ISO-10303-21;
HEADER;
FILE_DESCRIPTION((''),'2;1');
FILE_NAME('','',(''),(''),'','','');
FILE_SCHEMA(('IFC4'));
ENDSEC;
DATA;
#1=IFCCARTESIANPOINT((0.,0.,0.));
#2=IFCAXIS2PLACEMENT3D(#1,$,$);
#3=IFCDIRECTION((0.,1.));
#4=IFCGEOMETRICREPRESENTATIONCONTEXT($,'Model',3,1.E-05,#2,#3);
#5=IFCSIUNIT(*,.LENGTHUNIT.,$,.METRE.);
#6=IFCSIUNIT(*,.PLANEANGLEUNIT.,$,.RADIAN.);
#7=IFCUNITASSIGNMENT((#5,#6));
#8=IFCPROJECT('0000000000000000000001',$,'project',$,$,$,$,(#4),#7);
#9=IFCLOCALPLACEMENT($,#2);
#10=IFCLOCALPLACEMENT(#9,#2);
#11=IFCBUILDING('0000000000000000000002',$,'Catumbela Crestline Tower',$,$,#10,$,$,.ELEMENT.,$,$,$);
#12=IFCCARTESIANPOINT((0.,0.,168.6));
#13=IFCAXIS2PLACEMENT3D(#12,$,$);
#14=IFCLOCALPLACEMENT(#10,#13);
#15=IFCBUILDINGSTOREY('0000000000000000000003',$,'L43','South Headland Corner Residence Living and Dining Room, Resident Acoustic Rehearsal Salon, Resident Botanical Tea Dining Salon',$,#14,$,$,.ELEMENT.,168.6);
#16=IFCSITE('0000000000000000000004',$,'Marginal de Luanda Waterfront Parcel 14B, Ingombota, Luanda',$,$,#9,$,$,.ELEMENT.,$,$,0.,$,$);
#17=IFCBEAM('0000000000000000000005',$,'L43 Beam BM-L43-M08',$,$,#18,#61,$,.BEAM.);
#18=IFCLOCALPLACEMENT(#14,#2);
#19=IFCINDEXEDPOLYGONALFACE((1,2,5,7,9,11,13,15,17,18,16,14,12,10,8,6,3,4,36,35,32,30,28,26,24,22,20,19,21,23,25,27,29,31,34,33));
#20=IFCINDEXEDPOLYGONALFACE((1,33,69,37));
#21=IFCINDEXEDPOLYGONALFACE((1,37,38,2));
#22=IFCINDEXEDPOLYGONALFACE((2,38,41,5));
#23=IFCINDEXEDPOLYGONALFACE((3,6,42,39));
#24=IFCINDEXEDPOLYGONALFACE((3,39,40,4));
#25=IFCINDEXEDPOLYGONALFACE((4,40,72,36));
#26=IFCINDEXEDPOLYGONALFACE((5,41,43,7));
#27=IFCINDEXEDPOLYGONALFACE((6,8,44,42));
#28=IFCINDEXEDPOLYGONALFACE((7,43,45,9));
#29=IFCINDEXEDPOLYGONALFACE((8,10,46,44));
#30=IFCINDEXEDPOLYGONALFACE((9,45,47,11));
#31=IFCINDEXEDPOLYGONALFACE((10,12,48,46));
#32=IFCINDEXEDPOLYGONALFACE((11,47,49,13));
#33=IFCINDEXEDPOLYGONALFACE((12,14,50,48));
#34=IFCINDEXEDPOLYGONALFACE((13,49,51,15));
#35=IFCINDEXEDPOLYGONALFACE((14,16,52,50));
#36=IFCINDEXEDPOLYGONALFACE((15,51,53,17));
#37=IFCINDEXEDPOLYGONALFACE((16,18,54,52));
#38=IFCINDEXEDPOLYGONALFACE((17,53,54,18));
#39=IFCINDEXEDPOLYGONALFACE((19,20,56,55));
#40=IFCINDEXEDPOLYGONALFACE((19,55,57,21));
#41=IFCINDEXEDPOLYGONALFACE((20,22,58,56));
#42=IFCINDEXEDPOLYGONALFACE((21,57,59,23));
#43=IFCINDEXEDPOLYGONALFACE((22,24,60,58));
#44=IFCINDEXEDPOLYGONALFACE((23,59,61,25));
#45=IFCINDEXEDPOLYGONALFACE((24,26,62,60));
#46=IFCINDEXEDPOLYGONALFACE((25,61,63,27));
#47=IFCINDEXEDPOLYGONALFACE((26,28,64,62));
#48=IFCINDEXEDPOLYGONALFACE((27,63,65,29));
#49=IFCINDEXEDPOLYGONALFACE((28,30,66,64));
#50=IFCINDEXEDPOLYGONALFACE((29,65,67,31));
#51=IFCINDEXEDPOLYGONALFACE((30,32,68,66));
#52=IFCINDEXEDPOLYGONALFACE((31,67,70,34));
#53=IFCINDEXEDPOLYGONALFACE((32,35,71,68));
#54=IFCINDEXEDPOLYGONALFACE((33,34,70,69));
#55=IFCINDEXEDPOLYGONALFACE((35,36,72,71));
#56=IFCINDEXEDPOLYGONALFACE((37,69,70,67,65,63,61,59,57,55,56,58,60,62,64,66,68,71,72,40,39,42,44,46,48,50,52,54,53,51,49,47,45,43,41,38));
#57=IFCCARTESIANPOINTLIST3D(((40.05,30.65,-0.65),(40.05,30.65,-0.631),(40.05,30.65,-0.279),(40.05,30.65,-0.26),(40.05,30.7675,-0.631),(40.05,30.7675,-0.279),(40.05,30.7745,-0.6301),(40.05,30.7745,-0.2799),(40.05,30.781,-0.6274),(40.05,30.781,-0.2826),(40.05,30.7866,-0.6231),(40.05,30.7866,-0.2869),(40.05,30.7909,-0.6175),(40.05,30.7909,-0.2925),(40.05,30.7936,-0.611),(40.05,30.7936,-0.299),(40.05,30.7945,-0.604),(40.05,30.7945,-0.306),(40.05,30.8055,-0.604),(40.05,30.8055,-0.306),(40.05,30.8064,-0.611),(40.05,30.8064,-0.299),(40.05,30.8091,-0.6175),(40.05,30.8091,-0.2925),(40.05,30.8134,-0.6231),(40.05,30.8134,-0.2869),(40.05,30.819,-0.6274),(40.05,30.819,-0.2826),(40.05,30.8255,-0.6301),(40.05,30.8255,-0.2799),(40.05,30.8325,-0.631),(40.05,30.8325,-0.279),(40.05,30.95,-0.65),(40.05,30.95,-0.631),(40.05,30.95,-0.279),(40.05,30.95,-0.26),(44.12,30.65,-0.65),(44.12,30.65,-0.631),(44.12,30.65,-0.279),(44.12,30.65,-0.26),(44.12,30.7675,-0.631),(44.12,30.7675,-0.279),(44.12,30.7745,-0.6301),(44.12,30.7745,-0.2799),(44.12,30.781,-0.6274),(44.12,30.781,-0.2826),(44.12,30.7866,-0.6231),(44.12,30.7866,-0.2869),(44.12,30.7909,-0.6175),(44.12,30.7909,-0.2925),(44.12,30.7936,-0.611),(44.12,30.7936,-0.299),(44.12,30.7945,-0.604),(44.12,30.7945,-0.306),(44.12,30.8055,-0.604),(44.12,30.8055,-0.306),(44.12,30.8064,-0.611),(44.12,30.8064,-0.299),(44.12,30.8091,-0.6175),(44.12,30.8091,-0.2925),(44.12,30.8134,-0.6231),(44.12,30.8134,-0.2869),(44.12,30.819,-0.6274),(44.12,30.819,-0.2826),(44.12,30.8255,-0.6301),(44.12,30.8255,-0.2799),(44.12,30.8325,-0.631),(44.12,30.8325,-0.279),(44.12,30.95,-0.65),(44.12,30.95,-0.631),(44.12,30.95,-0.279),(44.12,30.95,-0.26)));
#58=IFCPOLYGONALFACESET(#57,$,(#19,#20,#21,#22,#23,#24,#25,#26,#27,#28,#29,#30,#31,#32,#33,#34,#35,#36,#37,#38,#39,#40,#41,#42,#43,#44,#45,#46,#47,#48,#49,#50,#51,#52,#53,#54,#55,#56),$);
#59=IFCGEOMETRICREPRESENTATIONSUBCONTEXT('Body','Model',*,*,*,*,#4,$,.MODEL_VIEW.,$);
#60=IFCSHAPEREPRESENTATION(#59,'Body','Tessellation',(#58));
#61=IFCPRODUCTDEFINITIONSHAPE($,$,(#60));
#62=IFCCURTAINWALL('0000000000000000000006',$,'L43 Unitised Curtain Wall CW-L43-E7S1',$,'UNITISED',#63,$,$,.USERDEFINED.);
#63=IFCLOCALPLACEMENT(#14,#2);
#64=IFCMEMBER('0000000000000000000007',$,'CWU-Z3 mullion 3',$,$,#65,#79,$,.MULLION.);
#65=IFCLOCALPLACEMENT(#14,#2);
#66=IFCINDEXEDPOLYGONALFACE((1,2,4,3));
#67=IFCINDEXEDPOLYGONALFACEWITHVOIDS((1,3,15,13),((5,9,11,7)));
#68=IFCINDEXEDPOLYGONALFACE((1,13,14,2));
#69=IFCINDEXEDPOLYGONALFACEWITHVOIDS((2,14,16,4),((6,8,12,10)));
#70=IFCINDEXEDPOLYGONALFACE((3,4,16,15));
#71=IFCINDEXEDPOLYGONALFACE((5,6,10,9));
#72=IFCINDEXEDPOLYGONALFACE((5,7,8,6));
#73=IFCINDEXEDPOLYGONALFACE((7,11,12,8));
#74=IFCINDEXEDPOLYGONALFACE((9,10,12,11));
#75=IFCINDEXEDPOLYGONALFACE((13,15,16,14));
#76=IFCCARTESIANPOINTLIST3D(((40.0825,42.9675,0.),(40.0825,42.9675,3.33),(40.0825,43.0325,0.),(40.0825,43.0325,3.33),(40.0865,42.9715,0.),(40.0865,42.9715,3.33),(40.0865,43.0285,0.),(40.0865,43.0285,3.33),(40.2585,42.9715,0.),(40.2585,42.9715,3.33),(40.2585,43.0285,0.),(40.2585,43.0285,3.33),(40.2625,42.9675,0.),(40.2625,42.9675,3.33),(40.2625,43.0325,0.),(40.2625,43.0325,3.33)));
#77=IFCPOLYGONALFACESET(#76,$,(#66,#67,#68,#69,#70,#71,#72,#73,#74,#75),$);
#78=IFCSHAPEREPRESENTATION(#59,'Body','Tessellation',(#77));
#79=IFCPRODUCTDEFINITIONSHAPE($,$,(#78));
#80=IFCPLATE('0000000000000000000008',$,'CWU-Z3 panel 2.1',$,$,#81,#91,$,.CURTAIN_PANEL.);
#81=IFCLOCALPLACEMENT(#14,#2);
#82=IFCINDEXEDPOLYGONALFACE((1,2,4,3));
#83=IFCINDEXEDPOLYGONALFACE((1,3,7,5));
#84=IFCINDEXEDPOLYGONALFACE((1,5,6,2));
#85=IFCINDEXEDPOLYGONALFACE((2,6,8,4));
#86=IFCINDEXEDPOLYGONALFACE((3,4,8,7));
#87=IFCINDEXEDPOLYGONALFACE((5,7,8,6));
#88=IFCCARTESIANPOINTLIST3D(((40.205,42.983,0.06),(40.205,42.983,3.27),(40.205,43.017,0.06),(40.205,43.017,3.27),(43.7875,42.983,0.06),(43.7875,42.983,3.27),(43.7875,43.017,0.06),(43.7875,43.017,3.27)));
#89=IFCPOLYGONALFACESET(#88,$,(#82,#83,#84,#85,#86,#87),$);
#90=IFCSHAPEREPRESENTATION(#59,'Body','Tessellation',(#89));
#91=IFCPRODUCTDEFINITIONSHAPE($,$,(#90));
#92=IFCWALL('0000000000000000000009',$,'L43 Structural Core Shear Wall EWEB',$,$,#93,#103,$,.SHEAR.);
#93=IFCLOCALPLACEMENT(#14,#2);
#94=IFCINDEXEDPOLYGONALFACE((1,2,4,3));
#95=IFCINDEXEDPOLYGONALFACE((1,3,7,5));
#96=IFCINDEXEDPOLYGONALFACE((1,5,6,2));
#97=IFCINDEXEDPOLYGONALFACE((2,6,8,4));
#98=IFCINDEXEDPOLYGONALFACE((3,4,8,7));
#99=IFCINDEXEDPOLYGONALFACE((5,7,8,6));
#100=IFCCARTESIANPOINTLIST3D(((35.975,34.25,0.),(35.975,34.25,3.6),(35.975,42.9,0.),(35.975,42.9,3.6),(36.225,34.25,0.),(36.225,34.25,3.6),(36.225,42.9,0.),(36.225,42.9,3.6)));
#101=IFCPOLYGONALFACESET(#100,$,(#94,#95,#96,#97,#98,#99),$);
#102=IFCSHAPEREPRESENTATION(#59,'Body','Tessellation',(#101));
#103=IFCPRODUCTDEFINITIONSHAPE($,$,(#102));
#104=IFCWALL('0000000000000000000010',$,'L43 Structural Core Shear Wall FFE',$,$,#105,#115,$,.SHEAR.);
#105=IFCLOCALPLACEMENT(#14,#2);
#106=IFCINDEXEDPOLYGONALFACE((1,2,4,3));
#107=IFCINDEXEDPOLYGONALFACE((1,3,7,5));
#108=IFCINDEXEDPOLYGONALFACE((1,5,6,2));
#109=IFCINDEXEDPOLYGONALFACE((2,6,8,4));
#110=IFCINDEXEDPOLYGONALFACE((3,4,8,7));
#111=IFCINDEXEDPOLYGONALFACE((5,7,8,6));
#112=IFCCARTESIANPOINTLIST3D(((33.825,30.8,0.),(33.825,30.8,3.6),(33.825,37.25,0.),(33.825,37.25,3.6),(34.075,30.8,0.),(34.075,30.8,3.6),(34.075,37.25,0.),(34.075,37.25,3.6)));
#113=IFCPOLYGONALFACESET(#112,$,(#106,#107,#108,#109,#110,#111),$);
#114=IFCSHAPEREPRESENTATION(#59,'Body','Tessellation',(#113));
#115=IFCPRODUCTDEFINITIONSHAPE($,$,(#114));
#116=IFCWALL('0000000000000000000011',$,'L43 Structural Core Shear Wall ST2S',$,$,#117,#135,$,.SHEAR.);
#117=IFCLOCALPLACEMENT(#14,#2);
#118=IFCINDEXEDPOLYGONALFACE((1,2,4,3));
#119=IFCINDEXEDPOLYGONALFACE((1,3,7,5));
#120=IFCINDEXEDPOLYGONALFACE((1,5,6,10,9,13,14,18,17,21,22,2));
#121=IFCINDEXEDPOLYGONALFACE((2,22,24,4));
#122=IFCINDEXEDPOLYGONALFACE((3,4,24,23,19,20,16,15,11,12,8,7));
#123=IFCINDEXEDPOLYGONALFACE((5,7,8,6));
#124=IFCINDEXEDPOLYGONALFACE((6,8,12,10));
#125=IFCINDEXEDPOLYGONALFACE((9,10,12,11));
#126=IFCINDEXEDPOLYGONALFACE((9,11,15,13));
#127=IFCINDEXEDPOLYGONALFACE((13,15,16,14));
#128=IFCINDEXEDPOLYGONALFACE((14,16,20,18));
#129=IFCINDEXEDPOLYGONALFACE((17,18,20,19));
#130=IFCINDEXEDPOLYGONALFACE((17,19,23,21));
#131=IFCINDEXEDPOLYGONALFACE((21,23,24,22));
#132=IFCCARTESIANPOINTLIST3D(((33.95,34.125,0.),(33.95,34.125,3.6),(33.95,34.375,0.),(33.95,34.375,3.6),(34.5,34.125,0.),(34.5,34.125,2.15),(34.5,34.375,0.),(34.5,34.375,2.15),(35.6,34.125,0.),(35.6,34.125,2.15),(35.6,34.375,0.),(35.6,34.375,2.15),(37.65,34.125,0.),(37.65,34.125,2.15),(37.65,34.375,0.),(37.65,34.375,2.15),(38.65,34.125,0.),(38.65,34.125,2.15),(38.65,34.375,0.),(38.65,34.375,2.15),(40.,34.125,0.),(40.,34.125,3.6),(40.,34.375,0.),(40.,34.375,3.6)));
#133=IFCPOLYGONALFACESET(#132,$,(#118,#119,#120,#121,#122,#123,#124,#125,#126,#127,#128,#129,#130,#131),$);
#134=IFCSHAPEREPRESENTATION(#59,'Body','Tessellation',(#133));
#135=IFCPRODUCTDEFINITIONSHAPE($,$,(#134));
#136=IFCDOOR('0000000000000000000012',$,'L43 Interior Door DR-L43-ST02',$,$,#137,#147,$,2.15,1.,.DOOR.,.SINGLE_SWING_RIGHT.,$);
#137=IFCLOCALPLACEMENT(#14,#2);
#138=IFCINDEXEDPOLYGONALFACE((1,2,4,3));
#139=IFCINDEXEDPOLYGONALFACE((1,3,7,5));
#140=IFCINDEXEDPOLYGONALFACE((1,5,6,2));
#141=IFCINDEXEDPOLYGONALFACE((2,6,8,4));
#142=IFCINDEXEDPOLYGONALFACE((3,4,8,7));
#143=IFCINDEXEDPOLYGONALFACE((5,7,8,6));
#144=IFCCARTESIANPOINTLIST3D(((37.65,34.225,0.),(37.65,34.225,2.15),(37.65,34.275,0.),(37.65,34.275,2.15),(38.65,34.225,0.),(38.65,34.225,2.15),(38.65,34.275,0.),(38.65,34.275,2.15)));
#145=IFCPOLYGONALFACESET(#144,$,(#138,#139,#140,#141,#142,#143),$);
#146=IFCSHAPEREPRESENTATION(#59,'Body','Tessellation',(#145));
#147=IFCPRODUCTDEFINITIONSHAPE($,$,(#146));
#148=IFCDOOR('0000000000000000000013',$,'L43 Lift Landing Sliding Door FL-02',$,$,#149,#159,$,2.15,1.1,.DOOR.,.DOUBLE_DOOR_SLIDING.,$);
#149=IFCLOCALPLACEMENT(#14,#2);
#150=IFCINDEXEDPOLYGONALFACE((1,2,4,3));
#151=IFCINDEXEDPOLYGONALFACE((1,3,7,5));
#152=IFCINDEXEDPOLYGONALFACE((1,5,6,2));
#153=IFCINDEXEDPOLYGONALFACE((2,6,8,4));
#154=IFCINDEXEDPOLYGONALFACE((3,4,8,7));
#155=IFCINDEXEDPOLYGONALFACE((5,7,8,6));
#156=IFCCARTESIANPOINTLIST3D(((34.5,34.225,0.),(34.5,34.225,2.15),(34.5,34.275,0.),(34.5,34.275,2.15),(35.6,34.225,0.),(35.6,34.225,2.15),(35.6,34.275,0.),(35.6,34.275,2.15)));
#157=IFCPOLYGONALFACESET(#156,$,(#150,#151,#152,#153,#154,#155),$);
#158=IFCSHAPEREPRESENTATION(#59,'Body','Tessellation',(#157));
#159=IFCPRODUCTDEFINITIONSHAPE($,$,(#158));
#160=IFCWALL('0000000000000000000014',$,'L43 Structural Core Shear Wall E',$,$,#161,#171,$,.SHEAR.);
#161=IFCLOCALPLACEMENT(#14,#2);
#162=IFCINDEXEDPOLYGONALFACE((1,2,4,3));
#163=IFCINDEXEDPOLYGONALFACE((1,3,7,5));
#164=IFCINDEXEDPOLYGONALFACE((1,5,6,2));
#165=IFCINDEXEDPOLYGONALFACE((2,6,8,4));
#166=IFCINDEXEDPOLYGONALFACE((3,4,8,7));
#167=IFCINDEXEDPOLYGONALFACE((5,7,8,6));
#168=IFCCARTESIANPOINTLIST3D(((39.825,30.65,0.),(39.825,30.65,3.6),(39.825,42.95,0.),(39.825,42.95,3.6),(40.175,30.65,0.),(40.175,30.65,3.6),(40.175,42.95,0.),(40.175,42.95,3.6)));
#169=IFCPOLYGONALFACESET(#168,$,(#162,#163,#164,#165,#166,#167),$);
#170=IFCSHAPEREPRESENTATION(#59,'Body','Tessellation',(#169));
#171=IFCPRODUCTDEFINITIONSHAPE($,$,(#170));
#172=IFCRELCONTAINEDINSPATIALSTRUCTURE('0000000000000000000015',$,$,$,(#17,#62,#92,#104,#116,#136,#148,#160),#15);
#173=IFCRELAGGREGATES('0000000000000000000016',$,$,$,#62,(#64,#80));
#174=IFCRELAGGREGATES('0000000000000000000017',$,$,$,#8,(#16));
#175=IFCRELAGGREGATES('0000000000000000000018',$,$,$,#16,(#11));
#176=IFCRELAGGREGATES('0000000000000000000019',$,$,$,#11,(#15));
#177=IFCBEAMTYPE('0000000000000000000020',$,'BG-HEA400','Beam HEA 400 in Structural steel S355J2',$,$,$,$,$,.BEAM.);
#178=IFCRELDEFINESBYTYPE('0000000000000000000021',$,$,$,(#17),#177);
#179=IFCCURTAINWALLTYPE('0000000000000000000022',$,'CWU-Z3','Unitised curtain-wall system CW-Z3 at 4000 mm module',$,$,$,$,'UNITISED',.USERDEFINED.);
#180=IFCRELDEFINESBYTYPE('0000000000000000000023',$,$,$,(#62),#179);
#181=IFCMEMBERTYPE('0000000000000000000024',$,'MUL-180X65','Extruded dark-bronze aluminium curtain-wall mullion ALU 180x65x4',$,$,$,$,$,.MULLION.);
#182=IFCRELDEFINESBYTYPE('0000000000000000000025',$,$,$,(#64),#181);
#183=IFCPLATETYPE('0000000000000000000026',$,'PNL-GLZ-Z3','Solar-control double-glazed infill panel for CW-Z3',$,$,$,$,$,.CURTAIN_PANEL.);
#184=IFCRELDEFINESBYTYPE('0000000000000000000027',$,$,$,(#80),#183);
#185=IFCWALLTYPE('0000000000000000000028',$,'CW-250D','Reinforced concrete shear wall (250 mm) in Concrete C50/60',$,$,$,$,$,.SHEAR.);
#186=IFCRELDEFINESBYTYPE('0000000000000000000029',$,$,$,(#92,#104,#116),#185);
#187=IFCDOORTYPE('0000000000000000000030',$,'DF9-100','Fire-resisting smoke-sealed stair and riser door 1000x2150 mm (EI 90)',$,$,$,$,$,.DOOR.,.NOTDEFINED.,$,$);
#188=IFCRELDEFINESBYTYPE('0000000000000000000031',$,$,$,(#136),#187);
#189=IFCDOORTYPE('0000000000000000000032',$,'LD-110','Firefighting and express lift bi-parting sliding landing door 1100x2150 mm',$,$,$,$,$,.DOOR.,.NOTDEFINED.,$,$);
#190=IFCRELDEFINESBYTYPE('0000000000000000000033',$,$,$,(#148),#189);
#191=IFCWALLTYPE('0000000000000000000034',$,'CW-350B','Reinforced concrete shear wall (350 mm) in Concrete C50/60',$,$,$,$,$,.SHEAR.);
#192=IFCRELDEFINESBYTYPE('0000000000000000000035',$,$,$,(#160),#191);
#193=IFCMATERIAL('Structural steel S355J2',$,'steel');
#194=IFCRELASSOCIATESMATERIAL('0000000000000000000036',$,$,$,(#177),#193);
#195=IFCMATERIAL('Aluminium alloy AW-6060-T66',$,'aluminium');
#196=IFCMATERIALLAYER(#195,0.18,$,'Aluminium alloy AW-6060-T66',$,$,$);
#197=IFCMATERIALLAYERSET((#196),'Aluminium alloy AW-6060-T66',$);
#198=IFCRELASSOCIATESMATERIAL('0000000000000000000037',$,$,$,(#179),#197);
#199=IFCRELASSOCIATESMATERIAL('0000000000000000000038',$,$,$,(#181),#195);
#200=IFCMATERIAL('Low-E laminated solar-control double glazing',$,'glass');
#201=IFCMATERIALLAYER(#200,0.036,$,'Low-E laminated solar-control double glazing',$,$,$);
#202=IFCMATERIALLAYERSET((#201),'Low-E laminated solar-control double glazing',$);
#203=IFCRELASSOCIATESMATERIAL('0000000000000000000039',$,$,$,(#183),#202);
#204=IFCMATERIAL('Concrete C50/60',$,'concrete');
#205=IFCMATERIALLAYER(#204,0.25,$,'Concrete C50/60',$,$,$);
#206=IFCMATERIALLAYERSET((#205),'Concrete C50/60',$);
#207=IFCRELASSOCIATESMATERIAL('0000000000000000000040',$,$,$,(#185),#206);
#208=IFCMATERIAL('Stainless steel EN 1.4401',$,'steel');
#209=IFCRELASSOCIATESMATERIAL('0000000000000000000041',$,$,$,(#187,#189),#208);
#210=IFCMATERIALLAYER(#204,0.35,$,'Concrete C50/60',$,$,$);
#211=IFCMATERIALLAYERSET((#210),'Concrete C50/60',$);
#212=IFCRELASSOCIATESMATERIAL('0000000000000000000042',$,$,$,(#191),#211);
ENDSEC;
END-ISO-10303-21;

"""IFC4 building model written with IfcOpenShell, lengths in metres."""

from ifc_helpers import new_model, si_unit, direction, frame, frame_2d, origin, origin_2d, place, context, subcontext, project, spatial, rectangle, hollow_rectangle, i_section, extrude, material, layer, layer_set, material_profile, profile_set, type_object, element, fill, aggregate, save


model = new_model("IFC4")

# Units and contexts
model_context = context("Model", 3, precision=1e-05, world=origin(), true_north=direction((0.0, 1.0)))
body_context = subcontext(model_context, "Body", "Model", "MODEL_VIEW")
ifc_project = project(units=[si_unit("LENGTHUNIT", "METRE"), si_unit("PLANEANGLEUNIT", "RADIAN")], contexts=[model_context])

# Site, building, storey
site_placement = place(None, origin())
site = spatial("IfcSite", under=ifc_project, at=site_placement, Name="Marginal de Luanda Waterfront Parcel 14B, Ingombota, Luanda", CompositionType="ELEMENT", RefElevation=0.0)
building_placement = place(site_placement, origin())
building = spatial("IfcBuilding", under=site, at=building_placement, Name="Catumbela Crestline Tower", CompositionType="ELEMENT")
storey_placement = place(building_placement, frame((0.0, 0.0, 168.6)))
storey = spatial("IfcBuildingStorey", under=building, at=storey_placement, Name="L43", Description="South Headland Corner Residence Living and Dining Room, Resident Acoustic Rehearsal Salon, Resident Botanical Tea Dining Salon", CompositionType="ELEMENT", Elevation=168.6)

# Beam
ifc_material_1 = material(Name="Structural steel S355J2", Category="steel")
ifc_material_profile_1 = material_profile(ifc_material_1, i_section(OverallWidth=0.3, OverallDepth=0.39, WebThickness=0.011, FlangeThickness=0.019, FilletRadius=0.027, at=origin_2d()), Name="HEA 400")
ifc_profile_set_1 = profile_set([ifc_material_profile_1], Name="Structural steel S355J2")
beam_type = type_object("IfcBeamType", Name="BG-HEA400", Description="Beam HEA 400 in Structural steel S355J2", PredefinedType="BEAM", material=ifc_profile_set_1)
beam_placement = place(storey_placement, frame((40.05, 30.8, -0.455), z_axis=(1.0, 0.0, 0.0), x_axis=(0.0, 1.0, 0.0)))
element("IfcBeam", 1, at=beam_placement, inside=storey, type_object=beam_type, Name="L43 Beam BM-L43-M08", PredefinedType="BEAM", context=body_context, shape_type="SweptSolid", body=[
    extrude(i_section(OverallWidth=0.3, OverallDepth=0.39, WebThickness=0.011, FlangeThickness=0.019, FilletRadius=0.027, at=origin_2d()), origin(), (0.0, 0.0, 1.0), 4.07),
])

# Curtain wall, member, plate
ifc_material_2 = material(Name="Aluminium alloy AW-6060-T66", Category="aluminium")
ifc_layer_1 = layer(ifc_material_2, 0.18, Name="Aluminium alloy AW-6060-T66")
ifc_layer_set_1 = layer_set([ifc_layer_1], Name="Aluminium alloy AW-6060-T66")
curtain_wall_type = type_object("IfcCurtainWallType", Name="CWU-Z3", Description="Unitised curtain-wall system CW-Z3 at 4000 mm module", ElementType="UNITISED", PredefinedType="USERDEFINED", material=ifc_layer_set_1)
curtain_wall_placement = place(storey_placement, origin())
curtain_wall = element("IfcCurtainWall", 2, at=curtain_wall_placement, inside=storey, type_object=curtain_wall_type, Name="L43 Unitised Curtain Wall CW-L43-E7S1", ObjectType="UNITISED", PredefinedType="USERDEFINED")
ifc_material_profile_2 = material_profile(ifc_material_2, hollow_rectangle(XDim=0.065, YDim=0.18, WallThickness=0.004, at=origin_2d()), Name="ALU 180x65x4")
ifc_profile_set_2 = profile_set([ifc_material_profile_2], Name="Aluminium alloy AW-6060-T66")
member_type = type_object("IfcMemberType", Name="MUL-180X65", Description="Extruded dark-bronze aluminium curtain-wall mullion ALU 180x65x4", PredefinedType="MULLION", material=ifc_profile_set_2)
member_placement = place(storey_placement, frame((40.1725, 43.0, 0.0), z_axis=(0.0, 0.0, 1.0), x_axis=(0.0, -1.0, 0.0)))
member = element("IfcMember", 3, at=member_placement, type_object=member_type, Name="CWU-Z3 mullion 3", PredefinedType="MULLION", context=body_context, shape_type="SweptSolid", body=[
    extrude(hollow_rectangle(XDim=0.065, YDim=0.18, WallThickness=0.004, at=origin_2d()), origin(), (0.0, 0.0, 1.0), 3.33),
])
ifc_material_3 = material(Name="Low-E laminated solar-control double glazing", Category="glass")
ifc_layer_2 = layer(ifc_material_3, 0.036, Name="Low-E laminated solar-control double glazing")
ifc_layer_set_2 = layer_set([ifc_layer_2], Name="Low-E laminated solar-control double glazing")
plate_type = type_object("IfcPlateType", Name="PNL-GLZ-Z3", Description="Solar-control double-glazed infill panel for CW-Z3", PredefinedType="CURTAIN_PANEL", material=ifc_layer_set_2)
plate_placement = place(storey_placement, frame((41.9963, 43.0, 0.06), z_axis=(0.0, 0.0, 1.0), x_axis=(-1.0, 0.0, 0.0)))
plate = element("IfcPlate", 4, at=plate_placement, type_object=plate_type, Name="CWU-Z3 panel 2.1", PredefinedType="CURTAIN_PANEL", context=body_context, shape_type="SweptSolid", body=[
    extrude(rectangle(XDim=3.5825, YDim=0.034, at=origin_2d()), origin(), (0.0, 0.0, 1.0), 3.21),
])
aggregate(curtain_wall, [member, plate])

# Walls
ifc_material_4 = material(Name="Concrete C50/60", Category="concrete")
ifc_layer_3 = layer(ifc_material_4, 0.25, Name="Concrete C50/60")
ifc_layer_set_3 = layer_set([ifc_layer_3], Name="Concrete C50/60")
wall_type_1 = type_object("IfcWallType", Name="CW-250D", Description="Reinforced concrete shear wall (250 mm) in Concrete C50/60", PredefinedType="SHEAR", material=ifc_layer_set_3)
wall_1_placement = place(storey_placement, frame((36.1, 34.25, 0.0), z_axis=(0.0, 0.0, 1.0), x_axis=(0.0, 1.0, 0.0)))
element("IfcWall", 5, at=wall_1_placement, inside=storey, type_object=wall_type_1, Name="L43 Structural Core Shear Wall EWEB", PredefinedType="SHEAR", context=body_context, shape_type="SweptSolid", body=[
    extrude(rectangle(XDim=8.65, YDim=0.25, at=frame_2d((4.325, 0.0))), origin(), (0.0, 0.0, 1.0), 3.6),
])
wall_2_placement = place(storey_placement, frame((33.95, 30.8, 0.0), z_axis=(0.0, 0.0, 1.0), x_axis=(0.0, 1.0, 0.0)))
element("IfcWall", 6, at=wall_2_placement, inside=storey, type_object=wall_type_1, Name="L43 Structural Core Shear Wall FFE", PredefinedType="SHEAR", context=body_context, shape_type="SweptSolid", body=[
    extrude(rectangle(XDim=6.45, YDim=0.25, at=frame_2d((3.225, 0.0))), origin(), (0.0, 0.0, 1.0), 3.6),
])

# Wall, openings, doors
wall_3_placement = place(storey_placement, frame((33.95, 34.25, 0.0), z_axis=(0.0, 0.0, 1.0), x_axis=(1.0, 0.0, 0.0)))
wall_3 = element("IfcWall", 7, at=wall_3_placement, inside=storey, type_object=wall_type_1, Name="L43 Structural Core Shear Wall ST2S", PredefinedType="SHEAR", context=body_context, shape_type="SweptSolid", body=[
    extrude(rectangle(XDim=6.05, YDim=0.25, at=frame_2d((3.025, 0.0))), origin(), (0.0, 0.0, 1.0), 3.6),
])
opening_1_placement = place(wall_3_placement, frame((3.7, 0.0, 0.0)))
opening_1 = element("IfcOpeningElement", 8, at=opening_1_placement, cuts=wall_3, PredefinedType="OPENING", context=body_context, shape_type="SweptSolid", body=[
    extrude(rectangle(XDim=1.0, YDim=2.15, at=frame_2d((0.5, 1.075))), frame((0.0, 0.135, 0.0), z_axis=(0.0, -1.0, 0.0), x_axis=(1.0, 0.0, 0.0)), (0.0, 0.0, 1.0), 0.27),
])
opening_2_placement = place(wall_3_placement, frame((0.55, 0.0, 0.0)))
opening_2 = element("IfcOpeningElement", 9, at=opening_2_placement, cuts=wall_3, PredefinedType="OPENING", context=body_context, shape_type="SweptSolid", body=[
    extrude(rectangle(XDim=1.1, YDim=2.15, at=frame_2d((0.55, 1.075))), frame((0.0, 0.135, 0.0), z_axis=(0.0, -1.0, 0.0), x_axis=(1.0, 0.0, 0.0)), (0.0, 0.0, 1.0), 0.27),
])
ifc_material_5 = material(Name="Stainless steel EN 1.4401", Category="steel")
door_type_1 = type_object("IfcDoorType", Name="DF9-100", Description="Fire-resisting smoke-sealed stair and riser door 1000x2150 mm (EI 90)", OperationType="NOTDEFINED", PredefinedType="DOOR", material=ifc_material_5)
door_1_placement = place(opening_1_placement, origin())
door_1 = element("IfcDoor", 10, at=door_1_placement, inside=storey, type_object=door_type_1, Name="L43 Interior Door DR-L43-ST02", OperationType="SINGLE_SWING_RIGHT", OverallHeight=2.15, OverallWidth=1.0, PredefinedType="DOOR", context=body_context, shape_type="SweptSolid", body=[
    extrude(rectangle(XDim=1.0, YDim=2.15, at=frame_2d((0.5, 1.075))), frame((0.0, 0.025, 0.0), z_axis=(0.0, -1.0, 0.0), x_axis=(1.0, 0.0, 0.0)), (0.0, 0.0, 1.0), 0.05),
])
fill(opening_1, door_1)
door_type_2 = type_object("IfcDoorType", Name="LD-110", Description="Firefighting and express lift bi-parting sliding landing door 1100x2150 mm", OperationType="NOTDEFINED", PredefinedType="DOOR", material=ifc_material_5)
door_2_placement = place(opening_2_placement, origin())
door_2 = element("IfcDoor", 11, at=door_2_placement, inside=storey, type_object=door_type_2, Name="L43 Lift Landing Sliding Door FL-02", OperationType="DOUBLE_DOOR_SLIDING", OverallHeight=2.15, OverallWidth=1.1, PredefinedType="DOOR", context=body_context, shape_type="SweptSolid", body=[
    extrude(rectangle(XDim=1.1, YDim=2.15, at=frame_2d((0.55, 1.075))), frame((0.0, 0.025, 0.0), z_axis=(0.0, -1.0, 0.0), x_axis=(1.0, 0.0, 0.0)), (0.0, 0.0, 1.0), 0.05),
])
fill(opening_2, door_2)

# Wall
ifc_layer_4 = layer(ifc_material_4, 0.35, Name="Concrete C50/60")
ifc_layer_set_4 = layer_set([ifc_layer_4], Name="Concrete C50/60")
wall_type_2 = type_object("IfcWallType", Name="CW-350B", Description="Reinforced concrete shear wall (350 mm) in Concrete C50/60", PredefinedType="SHEAR", material=ifc_layer_set_4)
wall_4_placement = place(storey_placement, frame((40.0, 30.65, 0.0), z_axis=(0.0, 0.0, 1.0), x_axis=(0.0, 1.0, 0.0)))
element("IfcWall", 12, at=wall_4_placement, inside=storey, type_object=wall_type_2, Name="L43 Structural Core Shear Wall E", PredefinedType="SHEAR", context=body_context, shape_type="SweptSolid", body=[
    extrude(rectangle(XDim=12.3, YDim=0.35, at=frame_2d((6.15, 0.0))), origin(), (0.0, 0.0, 1.0), 3.6),
])

save(model, "model.ifc")
